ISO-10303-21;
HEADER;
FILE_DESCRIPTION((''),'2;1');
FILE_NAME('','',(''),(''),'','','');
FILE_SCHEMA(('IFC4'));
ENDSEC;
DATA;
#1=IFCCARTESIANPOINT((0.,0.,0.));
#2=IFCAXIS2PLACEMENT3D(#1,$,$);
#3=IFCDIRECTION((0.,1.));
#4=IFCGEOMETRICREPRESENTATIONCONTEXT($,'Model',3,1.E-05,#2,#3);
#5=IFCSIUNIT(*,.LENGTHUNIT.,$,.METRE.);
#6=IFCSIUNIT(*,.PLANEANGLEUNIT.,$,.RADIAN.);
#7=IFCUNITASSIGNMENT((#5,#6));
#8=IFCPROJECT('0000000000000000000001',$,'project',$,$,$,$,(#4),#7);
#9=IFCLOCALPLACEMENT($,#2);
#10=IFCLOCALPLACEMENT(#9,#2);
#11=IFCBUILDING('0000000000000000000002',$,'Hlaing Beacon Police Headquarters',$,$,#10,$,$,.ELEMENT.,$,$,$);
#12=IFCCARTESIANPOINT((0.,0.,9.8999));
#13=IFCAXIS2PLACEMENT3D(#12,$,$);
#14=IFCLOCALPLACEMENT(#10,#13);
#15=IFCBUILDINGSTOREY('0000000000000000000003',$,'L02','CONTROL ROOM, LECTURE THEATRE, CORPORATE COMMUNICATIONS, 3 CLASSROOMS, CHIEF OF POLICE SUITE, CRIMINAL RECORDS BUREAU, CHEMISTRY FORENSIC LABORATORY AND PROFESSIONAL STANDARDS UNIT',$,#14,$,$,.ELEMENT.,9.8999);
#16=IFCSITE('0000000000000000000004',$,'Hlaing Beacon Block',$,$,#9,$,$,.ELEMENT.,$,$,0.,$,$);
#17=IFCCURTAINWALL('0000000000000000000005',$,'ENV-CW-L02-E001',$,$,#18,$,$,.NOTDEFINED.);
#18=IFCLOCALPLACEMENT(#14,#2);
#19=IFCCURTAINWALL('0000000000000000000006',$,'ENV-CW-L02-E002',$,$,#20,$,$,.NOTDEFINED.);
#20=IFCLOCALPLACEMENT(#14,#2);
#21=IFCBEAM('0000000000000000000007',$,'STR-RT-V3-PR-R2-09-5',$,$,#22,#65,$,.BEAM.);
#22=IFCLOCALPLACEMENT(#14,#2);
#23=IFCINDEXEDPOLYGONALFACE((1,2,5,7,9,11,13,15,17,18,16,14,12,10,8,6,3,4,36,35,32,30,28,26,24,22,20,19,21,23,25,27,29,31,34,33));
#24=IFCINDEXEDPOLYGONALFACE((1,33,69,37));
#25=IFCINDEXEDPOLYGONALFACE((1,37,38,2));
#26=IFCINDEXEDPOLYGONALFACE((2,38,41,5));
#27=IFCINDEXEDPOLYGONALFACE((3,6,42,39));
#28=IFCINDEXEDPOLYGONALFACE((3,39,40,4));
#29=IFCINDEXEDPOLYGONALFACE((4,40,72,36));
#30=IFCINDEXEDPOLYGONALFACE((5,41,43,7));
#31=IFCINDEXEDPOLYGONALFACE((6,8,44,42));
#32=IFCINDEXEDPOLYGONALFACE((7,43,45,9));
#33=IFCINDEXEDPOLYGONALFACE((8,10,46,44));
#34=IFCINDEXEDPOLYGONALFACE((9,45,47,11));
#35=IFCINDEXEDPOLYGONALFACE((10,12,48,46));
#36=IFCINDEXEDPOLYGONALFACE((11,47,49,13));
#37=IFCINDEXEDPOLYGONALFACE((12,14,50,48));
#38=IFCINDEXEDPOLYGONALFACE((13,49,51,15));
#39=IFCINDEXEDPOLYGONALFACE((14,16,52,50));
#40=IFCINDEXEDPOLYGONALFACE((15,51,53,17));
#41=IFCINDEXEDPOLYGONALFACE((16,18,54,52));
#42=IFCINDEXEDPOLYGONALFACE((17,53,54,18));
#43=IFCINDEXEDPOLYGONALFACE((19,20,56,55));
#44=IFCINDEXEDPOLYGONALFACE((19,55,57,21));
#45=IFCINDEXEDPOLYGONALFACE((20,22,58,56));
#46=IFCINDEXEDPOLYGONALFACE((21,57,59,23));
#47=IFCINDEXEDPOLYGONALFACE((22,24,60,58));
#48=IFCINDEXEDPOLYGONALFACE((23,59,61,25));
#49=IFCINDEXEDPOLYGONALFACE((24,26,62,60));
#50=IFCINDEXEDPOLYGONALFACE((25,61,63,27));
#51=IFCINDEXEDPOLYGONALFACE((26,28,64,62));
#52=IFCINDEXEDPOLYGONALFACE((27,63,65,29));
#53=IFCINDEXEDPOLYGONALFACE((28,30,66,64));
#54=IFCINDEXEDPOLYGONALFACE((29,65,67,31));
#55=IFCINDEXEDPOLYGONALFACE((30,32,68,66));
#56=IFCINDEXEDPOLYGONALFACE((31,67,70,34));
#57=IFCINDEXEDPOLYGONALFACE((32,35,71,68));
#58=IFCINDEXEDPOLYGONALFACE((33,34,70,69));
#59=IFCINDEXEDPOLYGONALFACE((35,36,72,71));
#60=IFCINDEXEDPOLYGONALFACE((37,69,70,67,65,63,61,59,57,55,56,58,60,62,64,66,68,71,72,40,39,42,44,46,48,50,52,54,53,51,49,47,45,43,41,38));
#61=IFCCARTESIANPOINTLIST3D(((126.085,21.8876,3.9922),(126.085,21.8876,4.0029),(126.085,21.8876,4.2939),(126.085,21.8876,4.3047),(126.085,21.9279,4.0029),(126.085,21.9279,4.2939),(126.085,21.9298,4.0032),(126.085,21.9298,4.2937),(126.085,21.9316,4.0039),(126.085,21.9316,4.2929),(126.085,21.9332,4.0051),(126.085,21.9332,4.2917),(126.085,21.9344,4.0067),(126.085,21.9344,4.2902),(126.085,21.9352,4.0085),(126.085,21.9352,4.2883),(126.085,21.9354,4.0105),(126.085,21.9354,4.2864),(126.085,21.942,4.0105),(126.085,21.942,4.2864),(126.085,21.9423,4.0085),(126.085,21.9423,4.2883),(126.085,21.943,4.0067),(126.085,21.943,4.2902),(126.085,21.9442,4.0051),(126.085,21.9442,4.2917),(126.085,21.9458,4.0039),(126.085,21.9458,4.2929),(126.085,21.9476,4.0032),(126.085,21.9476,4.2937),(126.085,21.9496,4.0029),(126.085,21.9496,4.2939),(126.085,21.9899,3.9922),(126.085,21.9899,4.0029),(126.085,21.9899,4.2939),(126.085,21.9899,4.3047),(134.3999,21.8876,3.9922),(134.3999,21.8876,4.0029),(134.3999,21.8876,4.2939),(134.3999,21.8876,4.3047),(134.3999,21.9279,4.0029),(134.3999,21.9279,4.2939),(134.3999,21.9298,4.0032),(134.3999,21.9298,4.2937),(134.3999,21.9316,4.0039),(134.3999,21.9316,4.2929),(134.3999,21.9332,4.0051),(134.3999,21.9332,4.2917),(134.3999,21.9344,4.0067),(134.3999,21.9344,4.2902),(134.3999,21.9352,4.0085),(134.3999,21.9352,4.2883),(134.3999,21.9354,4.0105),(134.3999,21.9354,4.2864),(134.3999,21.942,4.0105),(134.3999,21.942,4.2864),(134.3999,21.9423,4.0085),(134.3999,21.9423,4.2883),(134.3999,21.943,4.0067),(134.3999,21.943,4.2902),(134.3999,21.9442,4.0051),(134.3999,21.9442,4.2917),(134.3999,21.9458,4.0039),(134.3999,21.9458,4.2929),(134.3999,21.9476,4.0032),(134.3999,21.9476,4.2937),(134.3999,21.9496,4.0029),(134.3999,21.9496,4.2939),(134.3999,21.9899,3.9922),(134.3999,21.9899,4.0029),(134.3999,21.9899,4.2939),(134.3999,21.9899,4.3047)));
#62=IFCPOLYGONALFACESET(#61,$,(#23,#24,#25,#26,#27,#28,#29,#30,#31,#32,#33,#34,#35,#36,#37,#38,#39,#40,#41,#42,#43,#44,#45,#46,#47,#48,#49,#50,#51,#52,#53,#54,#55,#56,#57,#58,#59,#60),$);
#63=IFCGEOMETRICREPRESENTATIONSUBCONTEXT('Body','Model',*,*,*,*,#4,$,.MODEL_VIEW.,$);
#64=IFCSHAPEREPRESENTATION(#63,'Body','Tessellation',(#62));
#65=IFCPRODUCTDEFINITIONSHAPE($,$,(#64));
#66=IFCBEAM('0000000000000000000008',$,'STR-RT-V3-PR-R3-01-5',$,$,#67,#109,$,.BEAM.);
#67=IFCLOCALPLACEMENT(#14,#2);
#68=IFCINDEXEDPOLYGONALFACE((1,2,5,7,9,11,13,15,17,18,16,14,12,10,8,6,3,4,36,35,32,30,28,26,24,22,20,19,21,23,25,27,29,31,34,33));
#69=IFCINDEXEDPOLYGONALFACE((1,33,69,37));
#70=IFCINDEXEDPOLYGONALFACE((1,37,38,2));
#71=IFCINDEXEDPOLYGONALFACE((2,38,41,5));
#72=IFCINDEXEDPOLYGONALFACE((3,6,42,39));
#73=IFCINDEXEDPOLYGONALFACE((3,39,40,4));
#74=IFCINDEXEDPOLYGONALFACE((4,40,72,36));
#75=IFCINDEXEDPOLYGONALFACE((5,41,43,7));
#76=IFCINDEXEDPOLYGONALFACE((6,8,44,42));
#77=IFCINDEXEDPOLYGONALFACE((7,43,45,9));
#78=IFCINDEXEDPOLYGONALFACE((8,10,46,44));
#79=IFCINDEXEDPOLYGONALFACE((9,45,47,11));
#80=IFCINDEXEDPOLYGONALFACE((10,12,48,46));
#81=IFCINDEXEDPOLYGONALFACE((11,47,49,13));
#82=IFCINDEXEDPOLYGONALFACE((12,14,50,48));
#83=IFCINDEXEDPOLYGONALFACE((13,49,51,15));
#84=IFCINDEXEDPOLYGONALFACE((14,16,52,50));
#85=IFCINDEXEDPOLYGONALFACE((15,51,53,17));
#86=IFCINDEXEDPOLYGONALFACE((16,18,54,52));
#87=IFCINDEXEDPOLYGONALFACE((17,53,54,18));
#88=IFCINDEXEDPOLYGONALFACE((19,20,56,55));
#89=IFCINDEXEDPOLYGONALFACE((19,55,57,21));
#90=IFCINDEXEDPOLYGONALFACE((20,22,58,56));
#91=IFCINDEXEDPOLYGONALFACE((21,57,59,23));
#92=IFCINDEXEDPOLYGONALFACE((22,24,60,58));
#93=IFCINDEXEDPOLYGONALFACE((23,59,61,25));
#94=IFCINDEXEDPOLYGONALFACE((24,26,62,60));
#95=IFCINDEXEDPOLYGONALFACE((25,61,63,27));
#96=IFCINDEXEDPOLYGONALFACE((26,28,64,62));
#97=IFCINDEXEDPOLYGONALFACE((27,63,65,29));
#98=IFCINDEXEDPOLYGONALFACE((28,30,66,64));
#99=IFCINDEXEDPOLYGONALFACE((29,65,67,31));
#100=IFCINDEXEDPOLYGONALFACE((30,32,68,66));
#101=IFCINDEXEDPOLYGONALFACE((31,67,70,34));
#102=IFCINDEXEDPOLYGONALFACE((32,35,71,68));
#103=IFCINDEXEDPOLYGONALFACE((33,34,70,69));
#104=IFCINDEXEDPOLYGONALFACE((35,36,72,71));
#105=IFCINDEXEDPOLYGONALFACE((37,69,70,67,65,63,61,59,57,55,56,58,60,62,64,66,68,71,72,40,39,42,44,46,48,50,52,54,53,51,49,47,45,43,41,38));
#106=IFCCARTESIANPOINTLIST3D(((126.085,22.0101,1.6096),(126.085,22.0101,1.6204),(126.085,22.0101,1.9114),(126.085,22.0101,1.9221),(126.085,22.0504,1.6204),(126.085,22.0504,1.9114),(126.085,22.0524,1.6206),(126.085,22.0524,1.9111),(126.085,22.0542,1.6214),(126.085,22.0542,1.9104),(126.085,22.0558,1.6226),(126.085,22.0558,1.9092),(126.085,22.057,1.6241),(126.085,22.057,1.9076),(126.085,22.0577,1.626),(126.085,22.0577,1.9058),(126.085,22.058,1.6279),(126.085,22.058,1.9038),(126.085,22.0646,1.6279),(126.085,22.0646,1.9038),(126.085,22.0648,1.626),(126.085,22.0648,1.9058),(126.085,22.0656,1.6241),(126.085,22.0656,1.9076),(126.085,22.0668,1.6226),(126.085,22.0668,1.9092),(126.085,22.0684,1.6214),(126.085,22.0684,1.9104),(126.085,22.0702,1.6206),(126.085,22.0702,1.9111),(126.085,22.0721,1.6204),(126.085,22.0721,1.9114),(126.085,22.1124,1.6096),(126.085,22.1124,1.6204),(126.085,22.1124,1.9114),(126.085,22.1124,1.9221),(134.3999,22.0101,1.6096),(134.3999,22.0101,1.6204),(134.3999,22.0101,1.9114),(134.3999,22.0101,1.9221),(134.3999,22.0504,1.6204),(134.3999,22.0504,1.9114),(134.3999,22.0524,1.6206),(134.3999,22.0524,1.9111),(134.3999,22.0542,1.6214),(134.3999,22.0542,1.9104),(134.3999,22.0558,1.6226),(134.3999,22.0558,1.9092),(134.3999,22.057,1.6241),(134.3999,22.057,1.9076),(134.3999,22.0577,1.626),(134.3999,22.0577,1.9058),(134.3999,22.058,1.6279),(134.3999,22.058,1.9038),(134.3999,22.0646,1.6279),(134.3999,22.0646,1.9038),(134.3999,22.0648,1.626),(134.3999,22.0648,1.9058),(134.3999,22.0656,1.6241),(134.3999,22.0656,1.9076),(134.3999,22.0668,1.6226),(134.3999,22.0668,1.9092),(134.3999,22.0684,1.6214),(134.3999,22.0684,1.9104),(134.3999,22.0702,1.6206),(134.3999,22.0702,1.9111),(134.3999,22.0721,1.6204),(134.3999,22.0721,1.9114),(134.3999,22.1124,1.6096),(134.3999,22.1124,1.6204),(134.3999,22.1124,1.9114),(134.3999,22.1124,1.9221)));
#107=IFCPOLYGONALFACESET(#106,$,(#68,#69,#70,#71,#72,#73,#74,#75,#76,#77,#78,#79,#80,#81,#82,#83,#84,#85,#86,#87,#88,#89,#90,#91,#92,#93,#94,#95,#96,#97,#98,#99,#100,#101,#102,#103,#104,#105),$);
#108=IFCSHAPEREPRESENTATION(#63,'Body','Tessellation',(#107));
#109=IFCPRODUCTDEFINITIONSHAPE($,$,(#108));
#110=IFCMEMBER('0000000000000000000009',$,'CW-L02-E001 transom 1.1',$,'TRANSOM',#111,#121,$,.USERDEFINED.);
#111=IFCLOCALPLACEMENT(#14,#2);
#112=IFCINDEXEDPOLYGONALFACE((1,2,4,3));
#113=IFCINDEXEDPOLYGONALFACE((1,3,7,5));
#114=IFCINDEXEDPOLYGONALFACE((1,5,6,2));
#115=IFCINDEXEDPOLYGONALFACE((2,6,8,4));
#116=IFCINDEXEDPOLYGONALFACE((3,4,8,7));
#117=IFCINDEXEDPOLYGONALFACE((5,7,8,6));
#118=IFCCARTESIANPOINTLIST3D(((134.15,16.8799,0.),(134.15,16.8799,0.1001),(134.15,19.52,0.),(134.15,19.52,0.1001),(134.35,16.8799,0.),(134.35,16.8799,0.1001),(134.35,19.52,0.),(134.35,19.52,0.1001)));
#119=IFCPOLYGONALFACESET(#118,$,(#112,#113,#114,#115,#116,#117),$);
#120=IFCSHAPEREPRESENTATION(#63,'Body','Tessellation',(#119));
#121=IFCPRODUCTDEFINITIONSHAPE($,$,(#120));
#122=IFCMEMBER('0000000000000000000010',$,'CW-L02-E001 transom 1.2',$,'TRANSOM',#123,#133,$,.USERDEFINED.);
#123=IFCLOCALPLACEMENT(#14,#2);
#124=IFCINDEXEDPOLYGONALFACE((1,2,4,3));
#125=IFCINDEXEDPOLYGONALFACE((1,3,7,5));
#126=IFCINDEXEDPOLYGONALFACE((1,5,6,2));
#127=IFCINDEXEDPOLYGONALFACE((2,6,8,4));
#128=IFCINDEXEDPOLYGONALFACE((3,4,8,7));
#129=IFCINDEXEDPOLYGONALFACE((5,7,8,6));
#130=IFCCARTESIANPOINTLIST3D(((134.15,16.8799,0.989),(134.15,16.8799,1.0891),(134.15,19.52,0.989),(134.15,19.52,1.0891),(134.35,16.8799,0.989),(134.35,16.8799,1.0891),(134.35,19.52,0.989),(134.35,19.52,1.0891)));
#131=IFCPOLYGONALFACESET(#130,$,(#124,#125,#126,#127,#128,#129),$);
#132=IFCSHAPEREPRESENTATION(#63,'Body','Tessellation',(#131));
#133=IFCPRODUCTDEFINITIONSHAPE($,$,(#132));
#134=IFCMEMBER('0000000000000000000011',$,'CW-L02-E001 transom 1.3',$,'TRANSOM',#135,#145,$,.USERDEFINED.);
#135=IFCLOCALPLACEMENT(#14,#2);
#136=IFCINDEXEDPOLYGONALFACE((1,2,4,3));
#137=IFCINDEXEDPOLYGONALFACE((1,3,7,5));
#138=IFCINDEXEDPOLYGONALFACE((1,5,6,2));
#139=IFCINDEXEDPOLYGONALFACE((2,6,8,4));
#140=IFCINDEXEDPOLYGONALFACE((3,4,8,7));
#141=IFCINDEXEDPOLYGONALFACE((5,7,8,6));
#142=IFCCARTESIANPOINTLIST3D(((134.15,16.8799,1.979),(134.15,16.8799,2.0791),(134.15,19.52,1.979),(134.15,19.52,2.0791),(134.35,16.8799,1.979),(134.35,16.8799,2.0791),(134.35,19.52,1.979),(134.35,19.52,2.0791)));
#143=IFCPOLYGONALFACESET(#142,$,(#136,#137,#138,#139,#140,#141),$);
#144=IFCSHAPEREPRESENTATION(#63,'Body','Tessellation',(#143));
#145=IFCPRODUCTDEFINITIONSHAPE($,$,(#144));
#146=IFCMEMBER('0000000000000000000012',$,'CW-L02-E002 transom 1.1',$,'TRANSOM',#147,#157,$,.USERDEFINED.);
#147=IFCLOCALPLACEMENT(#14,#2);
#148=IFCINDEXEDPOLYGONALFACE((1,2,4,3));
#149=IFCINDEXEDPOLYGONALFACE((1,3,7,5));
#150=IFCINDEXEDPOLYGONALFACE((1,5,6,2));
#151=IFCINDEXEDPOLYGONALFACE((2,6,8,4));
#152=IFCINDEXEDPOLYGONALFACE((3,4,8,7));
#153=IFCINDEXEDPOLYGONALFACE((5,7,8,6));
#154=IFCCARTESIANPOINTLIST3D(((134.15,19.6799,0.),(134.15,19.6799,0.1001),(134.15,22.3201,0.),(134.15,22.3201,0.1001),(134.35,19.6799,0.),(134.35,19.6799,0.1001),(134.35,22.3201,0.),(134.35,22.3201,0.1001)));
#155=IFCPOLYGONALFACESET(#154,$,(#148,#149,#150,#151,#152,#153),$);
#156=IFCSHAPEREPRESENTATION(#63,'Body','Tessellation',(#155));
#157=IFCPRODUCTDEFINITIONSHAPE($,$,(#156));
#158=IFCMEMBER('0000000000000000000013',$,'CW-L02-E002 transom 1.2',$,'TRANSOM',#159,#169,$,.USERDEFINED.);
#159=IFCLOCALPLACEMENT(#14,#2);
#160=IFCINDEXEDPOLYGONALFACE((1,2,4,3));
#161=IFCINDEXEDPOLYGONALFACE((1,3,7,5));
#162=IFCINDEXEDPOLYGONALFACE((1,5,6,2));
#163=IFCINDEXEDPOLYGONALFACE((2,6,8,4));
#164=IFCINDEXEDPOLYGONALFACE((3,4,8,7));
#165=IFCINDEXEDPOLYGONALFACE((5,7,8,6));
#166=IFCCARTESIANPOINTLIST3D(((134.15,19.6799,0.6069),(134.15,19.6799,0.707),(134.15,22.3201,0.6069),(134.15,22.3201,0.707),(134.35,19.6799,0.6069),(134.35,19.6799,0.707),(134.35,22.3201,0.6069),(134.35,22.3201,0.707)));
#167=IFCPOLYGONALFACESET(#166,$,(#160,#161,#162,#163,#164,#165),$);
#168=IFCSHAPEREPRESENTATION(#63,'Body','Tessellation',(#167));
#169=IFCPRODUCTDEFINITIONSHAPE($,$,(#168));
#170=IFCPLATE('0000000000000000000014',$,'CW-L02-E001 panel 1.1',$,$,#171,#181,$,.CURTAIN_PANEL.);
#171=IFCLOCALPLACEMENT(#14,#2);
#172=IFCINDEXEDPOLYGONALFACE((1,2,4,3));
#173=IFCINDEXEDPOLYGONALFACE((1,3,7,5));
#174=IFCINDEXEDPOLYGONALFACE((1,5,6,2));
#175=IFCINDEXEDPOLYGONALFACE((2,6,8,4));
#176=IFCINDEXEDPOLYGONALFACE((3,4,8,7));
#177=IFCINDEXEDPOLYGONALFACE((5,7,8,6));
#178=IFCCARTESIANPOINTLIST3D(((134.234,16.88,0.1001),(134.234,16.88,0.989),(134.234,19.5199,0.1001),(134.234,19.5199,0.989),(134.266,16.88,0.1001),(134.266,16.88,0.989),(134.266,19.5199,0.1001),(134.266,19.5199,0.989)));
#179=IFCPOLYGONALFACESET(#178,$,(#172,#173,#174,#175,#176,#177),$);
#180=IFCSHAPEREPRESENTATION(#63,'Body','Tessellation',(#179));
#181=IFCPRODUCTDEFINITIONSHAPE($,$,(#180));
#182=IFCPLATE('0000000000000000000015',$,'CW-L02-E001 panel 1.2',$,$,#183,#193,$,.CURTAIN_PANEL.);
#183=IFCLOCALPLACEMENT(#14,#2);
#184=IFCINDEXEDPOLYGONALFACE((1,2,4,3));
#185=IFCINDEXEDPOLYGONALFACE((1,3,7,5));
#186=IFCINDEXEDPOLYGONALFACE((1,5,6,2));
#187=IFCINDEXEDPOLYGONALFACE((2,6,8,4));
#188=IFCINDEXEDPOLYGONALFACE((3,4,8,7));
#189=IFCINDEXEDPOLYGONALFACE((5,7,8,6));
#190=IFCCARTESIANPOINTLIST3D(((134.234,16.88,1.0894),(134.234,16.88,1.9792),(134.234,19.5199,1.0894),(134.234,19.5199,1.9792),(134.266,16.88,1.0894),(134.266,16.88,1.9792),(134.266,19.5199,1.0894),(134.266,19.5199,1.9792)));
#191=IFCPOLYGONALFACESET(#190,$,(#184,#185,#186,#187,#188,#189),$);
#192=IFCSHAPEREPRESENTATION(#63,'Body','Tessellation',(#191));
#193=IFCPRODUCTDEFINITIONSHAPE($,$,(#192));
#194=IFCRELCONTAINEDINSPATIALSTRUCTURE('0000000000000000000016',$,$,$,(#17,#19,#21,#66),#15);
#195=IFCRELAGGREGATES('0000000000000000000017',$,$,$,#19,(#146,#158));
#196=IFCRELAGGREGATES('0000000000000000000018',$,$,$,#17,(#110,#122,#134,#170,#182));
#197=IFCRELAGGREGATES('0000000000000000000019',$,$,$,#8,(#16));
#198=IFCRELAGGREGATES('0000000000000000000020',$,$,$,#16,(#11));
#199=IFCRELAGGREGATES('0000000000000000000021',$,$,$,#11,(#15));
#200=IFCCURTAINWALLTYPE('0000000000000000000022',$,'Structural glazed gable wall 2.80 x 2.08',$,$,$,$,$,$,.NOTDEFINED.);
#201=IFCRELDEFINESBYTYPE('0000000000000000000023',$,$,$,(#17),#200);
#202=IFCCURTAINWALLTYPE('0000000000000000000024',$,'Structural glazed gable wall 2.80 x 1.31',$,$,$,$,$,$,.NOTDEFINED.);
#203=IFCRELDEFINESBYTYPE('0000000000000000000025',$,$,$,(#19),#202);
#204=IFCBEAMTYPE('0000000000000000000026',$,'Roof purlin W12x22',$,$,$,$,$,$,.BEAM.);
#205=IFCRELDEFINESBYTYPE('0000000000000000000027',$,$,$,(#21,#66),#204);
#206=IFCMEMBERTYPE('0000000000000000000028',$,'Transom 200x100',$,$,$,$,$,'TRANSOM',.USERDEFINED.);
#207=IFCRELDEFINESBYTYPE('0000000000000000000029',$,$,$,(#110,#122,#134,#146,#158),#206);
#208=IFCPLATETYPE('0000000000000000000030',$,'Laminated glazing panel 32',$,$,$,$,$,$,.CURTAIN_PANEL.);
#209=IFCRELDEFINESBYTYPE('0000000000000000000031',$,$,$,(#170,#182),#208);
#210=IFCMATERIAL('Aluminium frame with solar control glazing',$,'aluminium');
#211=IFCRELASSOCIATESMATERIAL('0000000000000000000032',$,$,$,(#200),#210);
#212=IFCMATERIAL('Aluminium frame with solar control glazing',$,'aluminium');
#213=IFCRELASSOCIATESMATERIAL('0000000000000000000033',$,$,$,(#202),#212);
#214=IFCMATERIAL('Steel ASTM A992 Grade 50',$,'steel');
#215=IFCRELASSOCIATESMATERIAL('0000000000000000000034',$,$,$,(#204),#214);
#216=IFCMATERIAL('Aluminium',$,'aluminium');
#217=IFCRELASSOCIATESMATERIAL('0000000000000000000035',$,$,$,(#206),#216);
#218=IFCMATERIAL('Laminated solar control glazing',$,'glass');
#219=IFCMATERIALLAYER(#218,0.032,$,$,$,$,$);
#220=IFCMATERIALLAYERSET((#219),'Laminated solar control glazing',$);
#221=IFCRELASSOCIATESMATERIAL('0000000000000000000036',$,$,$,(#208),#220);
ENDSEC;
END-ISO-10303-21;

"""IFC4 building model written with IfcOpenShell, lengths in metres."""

from ifc_helpers import new_model, si_unit, direction, frame, origin, origin_2d, place, context, subcontext, project, spatial, rectangle, i_section, extrude, material, layer, layer_set, material_profile, profile_set, type_object, element, aggregate, save


model = new_model("IFC4")

# Units and contexts
model_context = context("Model", 3, precision=1e-05, world=origin(), true_north=direction((0.0, 1.0)))
body_context = subcontext(model_context, "Body", "Model", "MODEL_VIEW")
ifc_project = project(units=[si_unit("LENGTHUNIT", "METRE"), si_unit("PLANEANGLEUNIT", "RADIAN")], contexts=[model_context])

# Site, building, storey
site_placement = place(None, origin())
site = spatial("IfcSite", under=ifc_project, at=site_placement, Name="Hlaing Beacon Block", CompositionType="ELEMENT", RefElevation=0.0)
building_placement = place(site_placement, origin())
building = spatial("IfcBuilding", under=site, at=building_placement, Name="Hlaing Beacon Police Headquarters", CompositionType="ELEMENT")
storey_placement = place(building_placement, frame((0.0, 0.0, 9.8999)))
storey = spatial("IfcBuildingStorey", under=building, at=storey_placement, Name="L02", Description="CONTROL ROOM, LECTURE THEATRE, CORPORATE COMMUNICATIONS, 3 CLASSROOMS, CHIEF OF POLICE SUITE, CRIMINAL RECORDS BUREAU, CHEMISTRY FORENSIC LABORATORY AND PROFESSIONAL STANDARDS UNIT", CompositionType="ELEMENT", Elevation=9.8999)

# Curtain walls
ifc_material_1 = material(Name="Aluminium frame with solar control glazing", Category="aluminium")
curtain_wall_type_1 = type_object("IfcCurtainWallType", Name="Structural glazed gable wall 2.80 x 2.08", PredefinedType="NOTDEFINED", material=ifc_material_1)
curtain_wall_1_placement = place(storey_placement, origin())
curtain_wall_1 = element("IfcCurtainWall", 1, at=curtain_wall_1_placement, inside=storey, type_object=curtain_wall_type_1, Name="ENV-CW-L02-E001", PredefinedType="NOTDEFINED")
ifc_material_2 = material(Name="Aluminium frame with solar control glazing", Category="aluminium")
curtain_wall_type_2 = type_object("IfcCurtainWallType", Name="Structural glazed gable wall 2.80 x 1.31", PredefinedType="NOTDEFINED", material=ifc_material_2)
curtain_wall_2_placement = place(storey_placement, origin())
curtain_wall_2 = element("IfcCurtainWall", 2, at=curtain_wall_2_placement, inside=storey, type_object=curtain_wall_type_2, Name="ENV-CW-L02-E002", PredefinedType="NOTDEFINED")

# Beams
ifc_material_3 = material(Name="Steel ASTM A992 Grade 50", Category="steel")
ifc_material_profile_1 = material_profile(ifc_material_3, i_section(OverallWidth=0.1023, OverallDepth=0.3125, WebThickness=0.0066, FlangeThickness=0.0107, FilletRadius=0.0076, at=origin_2d()), Name="W12x22")
ifc_profile_set_1 = profile_set([ifc_material_profile_1], Name="Steel ASTM A992 Grade 50")
beam_type = type_object("IfcBeamType", Name="Roof purlin W12x22", PredefinedType="BEAM", material=ifc_profile_set_1)
for number, where, z_axis, x_axis, name in (
    (3, (126.085, 21.9387, 4.1484), (1.0, 0.0, 0.0), (0.0, 1.0, 0.0), "STR-RT-V3-PR-R2-09-5"),
    (4, (126.085, 22.0613, 1.7659), (1.0, 0.0, 0.0), (0.0, 1.0, 0.0), "STR-RT-V3-PR-R3-01-5"),
):
    element("IfcBeam", number, at=place(storey_placement, frame(where, z_axis=z_axis, x_axis=x_axis)), inside=storey, type_object=beam_type, Name=name, PredefinedType="BEAM", context=body_context, shape_type="SweptSolid", body=[
        extrude(i_section(OverallWidth=0.1023, OverallDepth=0.3125, WebThickness=0.0066, FlangeThickness=0.0107, FilletRadius=0.0076, at=origin_2d()), origin(), (0.0, 0.0, 1.0), 8.3149),
    ])

# Members
ifc_material_4 = material(Name="Aluminium", Category="aluminium")
ifc_material_profile_2 = material_profile(ifc_material_4, rectangle(XDim=0.2, YDim=0.1001, at=origin_2d()), Name="Transom 200x100")
ifc_profile_set_2 = profile_set([ifc_material_profile_2], Name="Aluminium")
member_type_1 = type_object("IfcMemberType", Name="Transom 200x100", ElementType="TRANSOM", PredefinedType="USERDEFINED", material=ifc_profile_set_2)
member_1_placement = place(storey_placement, frame((134.25, 16.8799, 0.05), z_axis=(0.0, 1.0, 0.0), x_axis=(-1.0, 0.0, 0.0)))
member_1 = element("IfcMember", 5, at=member_1_placement, type_object=member_type_1, Name="CW-L02-E001 transom 1.1", ObjectType="TRANSOM", PredefinedType="USERDEFINED", context=body_context, shape_type="SweptSolid", body=[
    extrude(rectangle(XDim=0.2, YDim=0.1001, at=origin_2d()), origin(), (0.0, 0.0, 1.0), 2.6401),
])
member_2_placement = place(storey_placement, frame((134.25, 16.8799, 1.0391), z_axis=(0.0, 1.0, 0.0), x_axis=(-1.0, 0.0, 0.0)))
member_2 = element("IfcMember", 6, at=member_2_placement, type_object=member_type_1, Name="CW-L02-E001 transom 1.2", ObjectType="TRANSOM", PredefinedType="USERDEFINED", context=body_context, shape_type="SweptSolid", body=[
    extrude(rectangle(XDim=0.2, YDim=0.1001, at=origin_2d()), origin(), (0.0, 0.0, 1.0), 2.6401),
])
member_3_placement = place(storey_placement, frame((134.25, 16.8799, 2.0291), z_axis=(0.0, 1.0, 0.0), x_axis=(-1.0, 0.0, 0.0)))
member_3 = element("IfcMember", 7, at=member_3_placement, type_object=member_type_1, Name="CW-L02-E001 transom 1.3", ObjectType="TRANSOM", PredefinedType="USERDEFINED", context=body_context, shape_type="SweptSolid", body=[
    extrude(rectangle(XDim=0.2, YDim=0.1001, at=origin_2d()), origin(), (0.0, 0.0, 1.0), 2.6401),
])
member_4_placement = place(storey_placement, frame((134.25, 19.6799, 0.05), z_axis=(0.0, 1.0, 0.0), x_axis=(-1.0, 0.0, 0.0)))
member_4 = element("IfcMember", 8, at=member_4_placement, type_object=member_type_1, Name="CW-L02-E002 transom 1.1", ObjectType="TRANSOM", PredefinedType="USERDEFINED", context=body_context, shape_type="SweptSolid", body=[
    extrude(rectangle(XDim=0.2, YDim=0.1001, at=origin_2d()), origin(), (0.0, 0.0, 1.0), 2.6401),
])
member_5_placement = place(storey_placement, frame((134.25, 19.6799, 0.657), z_axis=(0.0, 1.0, 0.0), x_axis=(-1.0, 0.0, 0.0)))
member_5 = element("IfcMember", 9, at=member_5_placement, type_object=member_type_1, Name="CW-L02-E002 transom 1.2", ObjectType="TRANSOM", PredefinedType="USERDEFINED", context=body_context, shape_type="SweptSolid", body=[
    extrude(rectangle(XDim=0.2, YDim=0.1001, at=origin_2d()), origin(), (0.0, 0.0, 1.0), 2.6401),
])
aggregate(curtain_wall_2, [member_4, member_5])

# Plates
ifc_material_5 = material(Name="Laminated solar control glazing", Category="glass")
ifc_layer = layer(ifc_material_5, 0.032)
ifc_layer_set = layer_set([ifc_layer], Name="Laminated solar control glazing")
plate_type = type_object("IfcPlateType", Name="Laminated glazing panel 32", PredefinedType="CURTAIN_PANEL", material=ifc_layer_set)
plate_1_placement = place(storey_placement, frame((134.25, 18.2, 0.1001), z_axis=(0.0, 0.0, 1.0), x_axis=(0.0, 1.0, 0.0)))
plate_1 = element("IfcPlate", 10, at=plate_1_placement, type_object=plate_type, Name="CW-L02-E001 panel 1.1", PredefinedType="CURTAIN_PANEL", context=body_context, shape_type="SweptSolid", body=[
    extrude(rectangle(XDim=2.6399, YDim=0.032, at=origin_2d()), origin(), (0.0, 0.0, 1.0), 0.8889),
])
plate_2_placement = place(storey_placement, frame((134.25, 18.2, 1.0894), z_axis=(0.0, 0.0, 1.0), x_axis=(0.0, 1.0, 0.0)))
plate_2 = element("IfcPlate", 11, at=plate_2_placement, type_object=plate_type, Name="CW-L02-E001 panel 1.2", PredefinedType="CURTAIN_PANEL", context=body_context, shape_type="SweptSolid", body=[
    extrude(rectangle(XDim=2.6399, YDim=0.032, at=origin_2d()), origin(), (0.0, 0.0, 1.0), 0.8899),
])
aggregate(curtain_wall_1, [member_1, member_2, member_3, plate_1, plate_2])

save(model, "model.ifc")
